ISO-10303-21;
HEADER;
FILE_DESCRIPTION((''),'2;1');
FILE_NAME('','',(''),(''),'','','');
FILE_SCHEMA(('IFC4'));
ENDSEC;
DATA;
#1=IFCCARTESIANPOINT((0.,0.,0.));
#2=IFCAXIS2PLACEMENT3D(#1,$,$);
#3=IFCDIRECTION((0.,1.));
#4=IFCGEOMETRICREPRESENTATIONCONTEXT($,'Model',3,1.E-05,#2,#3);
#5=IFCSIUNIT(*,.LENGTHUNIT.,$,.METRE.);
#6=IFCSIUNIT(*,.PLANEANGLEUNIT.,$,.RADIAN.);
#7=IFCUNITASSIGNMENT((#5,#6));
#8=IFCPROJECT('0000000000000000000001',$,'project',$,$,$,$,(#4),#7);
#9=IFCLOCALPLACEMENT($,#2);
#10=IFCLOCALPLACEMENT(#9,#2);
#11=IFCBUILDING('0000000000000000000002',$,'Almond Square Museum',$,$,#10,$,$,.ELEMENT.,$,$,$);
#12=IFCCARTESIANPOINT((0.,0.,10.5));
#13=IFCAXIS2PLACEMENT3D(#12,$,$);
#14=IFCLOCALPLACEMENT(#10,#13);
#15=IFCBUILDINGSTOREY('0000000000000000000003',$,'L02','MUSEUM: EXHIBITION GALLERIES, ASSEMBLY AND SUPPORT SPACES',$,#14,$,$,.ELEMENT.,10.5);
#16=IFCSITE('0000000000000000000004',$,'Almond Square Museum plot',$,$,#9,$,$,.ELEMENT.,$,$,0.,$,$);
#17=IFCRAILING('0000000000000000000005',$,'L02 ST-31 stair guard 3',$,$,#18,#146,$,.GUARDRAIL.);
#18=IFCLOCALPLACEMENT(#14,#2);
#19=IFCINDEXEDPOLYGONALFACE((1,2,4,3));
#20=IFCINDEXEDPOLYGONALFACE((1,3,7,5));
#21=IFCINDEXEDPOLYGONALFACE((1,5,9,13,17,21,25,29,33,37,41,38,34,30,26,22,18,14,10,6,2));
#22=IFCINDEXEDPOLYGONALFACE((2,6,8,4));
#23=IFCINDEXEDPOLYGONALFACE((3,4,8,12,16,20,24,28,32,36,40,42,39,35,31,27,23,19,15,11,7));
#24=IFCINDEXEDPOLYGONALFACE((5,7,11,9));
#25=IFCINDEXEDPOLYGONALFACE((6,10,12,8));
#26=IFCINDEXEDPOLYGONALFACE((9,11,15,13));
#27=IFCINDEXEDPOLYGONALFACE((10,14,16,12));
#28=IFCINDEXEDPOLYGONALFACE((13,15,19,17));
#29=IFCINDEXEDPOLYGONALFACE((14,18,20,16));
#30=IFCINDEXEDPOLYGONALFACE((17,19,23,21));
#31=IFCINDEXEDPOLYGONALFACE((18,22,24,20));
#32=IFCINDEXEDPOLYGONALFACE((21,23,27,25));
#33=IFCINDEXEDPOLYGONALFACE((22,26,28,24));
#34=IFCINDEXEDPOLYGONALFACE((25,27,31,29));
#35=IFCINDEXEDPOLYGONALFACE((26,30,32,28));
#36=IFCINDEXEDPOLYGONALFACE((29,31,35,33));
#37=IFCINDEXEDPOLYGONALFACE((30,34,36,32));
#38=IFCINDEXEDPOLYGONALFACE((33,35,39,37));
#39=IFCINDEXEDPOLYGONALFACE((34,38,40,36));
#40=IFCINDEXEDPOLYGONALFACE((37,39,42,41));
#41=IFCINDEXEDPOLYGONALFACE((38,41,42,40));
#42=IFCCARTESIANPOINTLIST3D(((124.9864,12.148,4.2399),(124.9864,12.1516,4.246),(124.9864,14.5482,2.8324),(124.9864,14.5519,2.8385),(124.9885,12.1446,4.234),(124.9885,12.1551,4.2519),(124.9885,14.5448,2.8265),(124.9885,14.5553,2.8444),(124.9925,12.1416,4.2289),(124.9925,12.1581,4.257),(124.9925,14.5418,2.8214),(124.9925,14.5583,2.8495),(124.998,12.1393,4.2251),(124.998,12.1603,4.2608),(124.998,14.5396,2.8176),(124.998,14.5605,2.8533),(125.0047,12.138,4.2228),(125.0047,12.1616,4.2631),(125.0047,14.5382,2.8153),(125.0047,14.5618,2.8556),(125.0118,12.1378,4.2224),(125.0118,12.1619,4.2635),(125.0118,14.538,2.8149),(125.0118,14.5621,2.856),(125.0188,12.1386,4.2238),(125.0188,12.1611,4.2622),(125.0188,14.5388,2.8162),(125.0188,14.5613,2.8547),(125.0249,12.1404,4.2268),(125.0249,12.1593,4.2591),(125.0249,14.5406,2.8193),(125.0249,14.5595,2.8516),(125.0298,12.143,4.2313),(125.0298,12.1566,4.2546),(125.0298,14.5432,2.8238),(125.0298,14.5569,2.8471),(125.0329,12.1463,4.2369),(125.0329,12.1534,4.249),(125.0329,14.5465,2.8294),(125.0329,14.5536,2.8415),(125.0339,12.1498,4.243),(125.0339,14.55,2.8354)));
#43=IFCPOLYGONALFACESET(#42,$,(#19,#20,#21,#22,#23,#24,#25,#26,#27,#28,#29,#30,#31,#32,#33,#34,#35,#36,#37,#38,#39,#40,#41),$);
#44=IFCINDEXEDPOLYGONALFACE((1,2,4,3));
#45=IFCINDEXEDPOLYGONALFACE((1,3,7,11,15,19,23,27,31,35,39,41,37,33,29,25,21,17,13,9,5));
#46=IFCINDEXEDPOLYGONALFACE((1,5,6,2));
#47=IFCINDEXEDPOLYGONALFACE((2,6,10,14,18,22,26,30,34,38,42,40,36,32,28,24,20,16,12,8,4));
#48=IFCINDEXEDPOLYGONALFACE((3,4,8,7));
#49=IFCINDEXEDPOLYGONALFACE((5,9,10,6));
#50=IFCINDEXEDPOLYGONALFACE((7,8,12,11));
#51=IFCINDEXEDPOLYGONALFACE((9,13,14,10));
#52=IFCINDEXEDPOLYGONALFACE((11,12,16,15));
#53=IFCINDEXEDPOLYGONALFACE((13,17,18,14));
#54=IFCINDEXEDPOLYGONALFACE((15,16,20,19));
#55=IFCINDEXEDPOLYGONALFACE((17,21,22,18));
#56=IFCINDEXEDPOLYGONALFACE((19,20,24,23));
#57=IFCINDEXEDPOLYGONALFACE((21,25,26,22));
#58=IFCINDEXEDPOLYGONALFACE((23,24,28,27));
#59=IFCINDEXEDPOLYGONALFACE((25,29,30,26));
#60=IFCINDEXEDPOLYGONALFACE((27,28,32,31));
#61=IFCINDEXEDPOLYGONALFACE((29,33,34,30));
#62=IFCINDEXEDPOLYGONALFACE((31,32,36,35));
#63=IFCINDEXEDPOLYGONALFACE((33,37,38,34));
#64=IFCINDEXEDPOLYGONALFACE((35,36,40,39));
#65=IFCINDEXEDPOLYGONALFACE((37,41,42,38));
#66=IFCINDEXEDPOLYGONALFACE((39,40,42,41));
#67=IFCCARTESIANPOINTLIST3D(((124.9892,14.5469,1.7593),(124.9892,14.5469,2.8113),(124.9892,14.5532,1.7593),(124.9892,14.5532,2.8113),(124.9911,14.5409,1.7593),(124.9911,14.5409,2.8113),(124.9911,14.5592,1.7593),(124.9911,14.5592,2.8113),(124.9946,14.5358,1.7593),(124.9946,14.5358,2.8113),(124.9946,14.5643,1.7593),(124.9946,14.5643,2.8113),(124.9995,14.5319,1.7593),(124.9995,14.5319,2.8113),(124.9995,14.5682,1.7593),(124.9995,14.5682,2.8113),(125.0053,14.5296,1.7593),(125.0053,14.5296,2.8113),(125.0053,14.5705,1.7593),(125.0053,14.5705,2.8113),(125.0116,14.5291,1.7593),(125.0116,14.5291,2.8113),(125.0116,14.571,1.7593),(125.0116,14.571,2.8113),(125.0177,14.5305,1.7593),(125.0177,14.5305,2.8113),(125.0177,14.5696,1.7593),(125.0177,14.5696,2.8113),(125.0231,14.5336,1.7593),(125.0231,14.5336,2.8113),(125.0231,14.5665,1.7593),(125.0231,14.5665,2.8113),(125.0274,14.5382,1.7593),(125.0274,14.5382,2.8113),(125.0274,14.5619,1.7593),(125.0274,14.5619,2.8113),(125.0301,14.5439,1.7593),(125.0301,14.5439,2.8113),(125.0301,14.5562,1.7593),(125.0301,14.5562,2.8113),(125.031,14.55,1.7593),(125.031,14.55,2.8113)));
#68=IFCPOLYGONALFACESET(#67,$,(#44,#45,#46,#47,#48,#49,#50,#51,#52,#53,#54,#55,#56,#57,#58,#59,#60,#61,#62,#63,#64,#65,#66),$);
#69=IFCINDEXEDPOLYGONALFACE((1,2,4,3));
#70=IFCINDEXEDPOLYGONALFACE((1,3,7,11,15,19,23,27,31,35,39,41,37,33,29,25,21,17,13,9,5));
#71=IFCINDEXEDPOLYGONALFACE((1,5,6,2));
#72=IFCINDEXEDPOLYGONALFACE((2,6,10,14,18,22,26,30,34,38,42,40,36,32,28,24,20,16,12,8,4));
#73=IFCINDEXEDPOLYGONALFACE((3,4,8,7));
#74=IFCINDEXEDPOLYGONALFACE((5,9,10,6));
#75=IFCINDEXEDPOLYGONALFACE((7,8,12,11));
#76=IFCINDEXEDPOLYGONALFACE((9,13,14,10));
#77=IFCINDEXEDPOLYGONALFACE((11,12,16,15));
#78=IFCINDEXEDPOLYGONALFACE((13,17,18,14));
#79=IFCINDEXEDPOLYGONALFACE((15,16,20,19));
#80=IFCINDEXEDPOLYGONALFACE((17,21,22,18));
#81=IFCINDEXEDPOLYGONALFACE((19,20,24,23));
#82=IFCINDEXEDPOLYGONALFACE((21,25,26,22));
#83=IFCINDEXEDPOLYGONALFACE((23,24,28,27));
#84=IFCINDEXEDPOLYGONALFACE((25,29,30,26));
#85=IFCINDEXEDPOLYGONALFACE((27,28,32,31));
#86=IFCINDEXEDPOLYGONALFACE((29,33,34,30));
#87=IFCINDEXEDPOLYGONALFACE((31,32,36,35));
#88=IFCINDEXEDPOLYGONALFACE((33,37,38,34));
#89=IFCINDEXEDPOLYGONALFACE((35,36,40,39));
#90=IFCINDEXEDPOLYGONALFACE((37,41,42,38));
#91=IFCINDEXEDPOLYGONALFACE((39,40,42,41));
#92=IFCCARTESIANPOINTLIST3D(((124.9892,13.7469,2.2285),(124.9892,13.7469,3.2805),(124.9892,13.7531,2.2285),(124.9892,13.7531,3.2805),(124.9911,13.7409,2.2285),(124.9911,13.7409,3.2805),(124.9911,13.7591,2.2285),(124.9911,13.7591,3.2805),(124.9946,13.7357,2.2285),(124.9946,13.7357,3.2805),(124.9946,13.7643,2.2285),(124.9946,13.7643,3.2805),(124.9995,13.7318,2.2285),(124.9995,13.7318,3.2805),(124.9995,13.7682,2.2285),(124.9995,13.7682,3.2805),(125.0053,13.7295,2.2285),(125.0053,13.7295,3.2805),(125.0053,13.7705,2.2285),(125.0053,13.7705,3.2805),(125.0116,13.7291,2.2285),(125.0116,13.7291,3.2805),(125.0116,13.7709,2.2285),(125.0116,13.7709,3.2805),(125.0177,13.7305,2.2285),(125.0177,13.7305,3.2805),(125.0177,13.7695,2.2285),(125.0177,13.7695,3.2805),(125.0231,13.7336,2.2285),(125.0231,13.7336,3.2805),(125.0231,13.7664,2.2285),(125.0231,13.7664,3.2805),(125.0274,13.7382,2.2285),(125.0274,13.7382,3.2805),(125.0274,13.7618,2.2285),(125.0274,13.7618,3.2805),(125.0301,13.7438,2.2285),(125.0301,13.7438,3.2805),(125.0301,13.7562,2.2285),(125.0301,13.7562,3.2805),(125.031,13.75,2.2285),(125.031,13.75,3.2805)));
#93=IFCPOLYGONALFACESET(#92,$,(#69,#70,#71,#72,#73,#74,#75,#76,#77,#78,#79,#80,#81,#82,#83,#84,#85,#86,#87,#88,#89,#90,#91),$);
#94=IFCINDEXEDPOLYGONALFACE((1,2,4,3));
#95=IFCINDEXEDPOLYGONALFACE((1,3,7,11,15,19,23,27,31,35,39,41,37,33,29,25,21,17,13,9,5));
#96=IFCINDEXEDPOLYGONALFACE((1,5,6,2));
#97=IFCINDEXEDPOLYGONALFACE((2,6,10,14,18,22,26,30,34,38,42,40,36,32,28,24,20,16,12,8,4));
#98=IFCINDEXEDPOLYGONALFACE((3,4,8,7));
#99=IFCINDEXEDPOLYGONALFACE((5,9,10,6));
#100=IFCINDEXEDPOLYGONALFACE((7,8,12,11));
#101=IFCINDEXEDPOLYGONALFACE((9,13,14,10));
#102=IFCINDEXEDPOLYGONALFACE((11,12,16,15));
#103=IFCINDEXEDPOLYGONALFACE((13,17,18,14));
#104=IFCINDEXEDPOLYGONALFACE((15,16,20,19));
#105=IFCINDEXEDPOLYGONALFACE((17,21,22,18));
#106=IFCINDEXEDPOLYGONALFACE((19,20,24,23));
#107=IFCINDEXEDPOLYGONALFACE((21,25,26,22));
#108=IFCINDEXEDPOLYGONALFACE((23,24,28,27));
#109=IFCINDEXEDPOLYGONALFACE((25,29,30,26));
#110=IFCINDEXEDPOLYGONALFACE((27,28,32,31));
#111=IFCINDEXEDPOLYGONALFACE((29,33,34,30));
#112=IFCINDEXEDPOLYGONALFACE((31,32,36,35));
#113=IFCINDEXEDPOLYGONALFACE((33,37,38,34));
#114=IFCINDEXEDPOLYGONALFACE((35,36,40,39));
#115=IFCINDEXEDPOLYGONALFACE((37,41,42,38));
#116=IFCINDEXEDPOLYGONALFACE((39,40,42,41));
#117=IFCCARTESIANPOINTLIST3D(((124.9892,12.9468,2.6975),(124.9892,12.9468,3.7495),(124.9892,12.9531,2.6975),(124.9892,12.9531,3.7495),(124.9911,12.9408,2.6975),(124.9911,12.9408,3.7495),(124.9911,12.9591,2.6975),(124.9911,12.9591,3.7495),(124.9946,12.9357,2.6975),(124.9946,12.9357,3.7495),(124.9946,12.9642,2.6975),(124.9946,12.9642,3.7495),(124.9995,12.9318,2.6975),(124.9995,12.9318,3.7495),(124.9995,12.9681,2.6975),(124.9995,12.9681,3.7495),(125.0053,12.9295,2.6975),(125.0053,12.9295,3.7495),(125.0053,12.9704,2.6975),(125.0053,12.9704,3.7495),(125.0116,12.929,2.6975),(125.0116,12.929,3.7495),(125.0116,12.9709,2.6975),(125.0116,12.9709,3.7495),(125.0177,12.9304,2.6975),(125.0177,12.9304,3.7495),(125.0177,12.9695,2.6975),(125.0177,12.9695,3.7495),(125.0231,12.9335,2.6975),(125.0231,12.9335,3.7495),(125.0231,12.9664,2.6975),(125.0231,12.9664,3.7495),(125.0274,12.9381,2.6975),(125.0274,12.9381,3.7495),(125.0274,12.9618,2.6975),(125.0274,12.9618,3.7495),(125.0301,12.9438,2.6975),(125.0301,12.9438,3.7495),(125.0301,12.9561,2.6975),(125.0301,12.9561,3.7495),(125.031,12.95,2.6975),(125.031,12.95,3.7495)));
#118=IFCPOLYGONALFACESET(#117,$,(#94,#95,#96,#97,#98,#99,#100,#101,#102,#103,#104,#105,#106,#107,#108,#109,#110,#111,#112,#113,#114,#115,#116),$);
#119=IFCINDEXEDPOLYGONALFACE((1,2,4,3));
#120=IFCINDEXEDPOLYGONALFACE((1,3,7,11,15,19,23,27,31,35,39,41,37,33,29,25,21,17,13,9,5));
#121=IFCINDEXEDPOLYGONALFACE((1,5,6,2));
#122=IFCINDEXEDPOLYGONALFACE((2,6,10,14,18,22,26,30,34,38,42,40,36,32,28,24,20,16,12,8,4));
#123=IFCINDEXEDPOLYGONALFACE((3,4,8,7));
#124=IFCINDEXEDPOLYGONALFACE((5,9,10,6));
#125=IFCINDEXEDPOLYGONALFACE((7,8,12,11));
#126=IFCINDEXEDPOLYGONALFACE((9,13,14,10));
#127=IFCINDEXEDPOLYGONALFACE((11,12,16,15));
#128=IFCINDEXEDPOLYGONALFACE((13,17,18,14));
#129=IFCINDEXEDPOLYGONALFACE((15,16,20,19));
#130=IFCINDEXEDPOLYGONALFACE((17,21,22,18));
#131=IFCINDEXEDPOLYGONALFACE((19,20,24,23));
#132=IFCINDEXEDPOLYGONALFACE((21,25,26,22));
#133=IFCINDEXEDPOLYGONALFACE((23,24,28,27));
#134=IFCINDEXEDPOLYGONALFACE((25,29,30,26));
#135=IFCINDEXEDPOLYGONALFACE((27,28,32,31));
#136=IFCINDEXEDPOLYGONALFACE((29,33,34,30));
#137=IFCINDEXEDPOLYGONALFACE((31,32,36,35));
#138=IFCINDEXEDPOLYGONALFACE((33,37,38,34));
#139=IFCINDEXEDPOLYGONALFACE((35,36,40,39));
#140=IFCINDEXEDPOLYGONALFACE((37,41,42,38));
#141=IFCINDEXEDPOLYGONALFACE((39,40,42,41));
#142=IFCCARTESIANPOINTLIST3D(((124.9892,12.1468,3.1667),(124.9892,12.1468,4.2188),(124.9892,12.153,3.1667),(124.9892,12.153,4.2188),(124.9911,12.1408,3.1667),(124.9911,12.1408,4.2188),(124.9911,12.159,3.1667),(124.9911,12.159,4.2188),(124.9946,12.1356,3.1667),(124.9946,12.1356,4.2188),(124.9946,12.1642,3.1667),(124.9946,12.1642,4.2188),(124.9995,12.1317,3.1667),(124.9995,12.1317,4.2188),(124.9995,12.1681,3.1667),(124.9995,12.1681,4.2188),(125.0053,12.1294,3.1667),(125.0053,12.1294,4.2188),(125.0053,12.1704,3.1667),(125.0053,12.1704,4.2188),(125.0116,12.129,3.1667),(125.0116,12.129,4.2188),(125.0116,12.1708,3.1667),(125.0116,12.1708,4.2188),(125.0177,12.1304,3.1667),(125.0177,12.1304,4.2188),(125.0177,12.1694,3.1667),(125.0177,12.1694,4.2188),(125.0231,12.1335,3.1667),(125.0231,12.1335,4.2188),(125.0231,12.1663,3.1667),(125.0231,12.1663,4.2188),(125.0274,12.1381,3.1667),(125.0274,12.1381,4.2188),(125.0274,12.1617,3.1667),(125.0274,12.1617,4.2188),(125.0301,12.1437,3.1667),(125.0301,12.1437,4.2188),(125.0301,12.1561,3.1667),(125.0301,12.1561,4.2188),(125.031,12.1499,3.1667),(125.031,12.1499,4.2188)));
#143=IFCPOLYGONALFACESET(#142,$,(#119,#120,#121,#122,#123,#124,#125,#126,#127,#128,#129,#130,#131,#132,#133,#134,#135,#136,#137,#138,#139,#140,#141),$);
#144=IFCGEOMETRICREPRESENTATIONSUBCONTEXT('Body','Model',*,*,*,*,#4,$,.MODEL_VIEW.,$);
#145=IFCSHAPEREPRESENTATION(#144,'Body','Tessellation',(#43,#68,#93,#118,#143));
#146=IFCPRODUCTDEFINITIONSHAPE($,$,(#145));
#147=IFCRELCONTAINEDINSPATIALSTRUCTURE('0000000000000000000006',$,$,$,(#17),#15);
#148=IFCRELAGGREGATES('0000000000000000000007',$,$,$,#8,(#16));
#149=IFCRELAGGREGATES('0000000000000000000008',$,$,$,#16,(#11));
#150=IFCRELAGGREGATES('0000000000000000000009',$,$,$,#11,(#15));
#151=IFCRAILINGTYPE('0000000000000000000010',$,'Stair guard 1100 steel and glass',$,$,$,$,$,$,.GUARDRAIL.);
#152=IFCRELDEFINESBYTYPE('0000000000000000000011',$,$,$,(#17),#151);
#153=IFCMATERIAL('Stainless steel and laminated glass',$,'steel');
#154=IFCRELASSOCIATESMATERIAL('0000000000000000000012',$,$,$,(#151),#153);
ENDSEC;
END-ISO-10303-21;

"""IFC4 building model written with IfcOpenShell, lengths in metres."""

from ifc_helpers import new_model, si_unit, direction, frame, origin, origin_2d, place, context, subcontext, project, spatial, circle, extrude, material, type_object, element, save


model = new_model("IFC4")

# Units and contexts
model_context = context("Model", 3, precision=1e-05, world=origin(), true_north=direction((0.0, 1.0)))
body_context = subcontext(model_context, "Body", "Model", "MODEL_VIEW")
ifc_project = project(units=[si_unit("LENGTHUNIT", "METRE"), si_unit("PLANEANGLEUNIT", "RADIAN")], contexts=[model_context])

# Site, building, storey
site_placement = place(None, origin())
site = spatial("IfcSite", under=ifc_project, at=site_placement, Name="Almond Square Museum plot", CompositionType="ELEMENT", RefElevation=0.0)
building_placement = place(site_placement, origin())
building = spatial("IfcBuilding", under=site, at=building_placement, Name="Almond Square Museum", CompositionType="ELEMENT")
storey_placement = place(building_placement, frame((0.0, 0.0, 10.5)))
storey = spatial("IfcBuildingStorey", under=building, at=storey_placement, Name="L02", Description="MUSEUM: EXHIBITION GALLERIES, ASSEMBLY AND SUPPORT SPACES", CompositionType="ELEMENT", Elevation=10.5)

# Railing
ifc_material_1 = material(Name="Stainless steel and laminated glass", Category="steel")
railing_type_1 = type_object("IfcRailingType", Name="Stair guard 1100 steel and glass", PredefinedType="GUARDRAIL", material=ifc_material_1)
railing_1_placement = place(storey_placement, frame((125.01, 14.55, 1.7593)))
element("IfcRailing", 1, at=railing_1_placement, inside=storey, type_object=railing_type_1, Name="L02 ST-31 stair guard 3", PredefinedType="GUARDRAIL", context=body_context, shape_type="SweptSolid", body=[
    extrude(circle(Radius=0.0239, at=origin_2d()), frame((0.0, 0.0, 1.0762), z_axis=(0.0, -0.862621, 0.50585), x_axis=(1.0, 0.0, 0.0)), (0.0, 0.0, 1.0), 2.7825),
    extrude(circle(Radius=0.021, at=origin_2d()), origin(), (0.0, 0.0, 1.0), 1.052),
    extrude(circle(Radius=0.021, at=origin_2d()), frame((0.0, -0.8, 0.4692)), (0.0, 0.0, 1.0), 1.052),
    extrude(circle(Radius=0.021, at=origin_2d()), frame((0.0, -1.6001, 0.9382)), (0.0, 0.0, 1.0), 1.052),
    extrude(circle(Radius=0.021, at=origin_2d()), frame((0.0, -2.4001, 1.4075)), (0.0, 0.0, 1.0), 1.052),
])

save(model, "model.ifc")
